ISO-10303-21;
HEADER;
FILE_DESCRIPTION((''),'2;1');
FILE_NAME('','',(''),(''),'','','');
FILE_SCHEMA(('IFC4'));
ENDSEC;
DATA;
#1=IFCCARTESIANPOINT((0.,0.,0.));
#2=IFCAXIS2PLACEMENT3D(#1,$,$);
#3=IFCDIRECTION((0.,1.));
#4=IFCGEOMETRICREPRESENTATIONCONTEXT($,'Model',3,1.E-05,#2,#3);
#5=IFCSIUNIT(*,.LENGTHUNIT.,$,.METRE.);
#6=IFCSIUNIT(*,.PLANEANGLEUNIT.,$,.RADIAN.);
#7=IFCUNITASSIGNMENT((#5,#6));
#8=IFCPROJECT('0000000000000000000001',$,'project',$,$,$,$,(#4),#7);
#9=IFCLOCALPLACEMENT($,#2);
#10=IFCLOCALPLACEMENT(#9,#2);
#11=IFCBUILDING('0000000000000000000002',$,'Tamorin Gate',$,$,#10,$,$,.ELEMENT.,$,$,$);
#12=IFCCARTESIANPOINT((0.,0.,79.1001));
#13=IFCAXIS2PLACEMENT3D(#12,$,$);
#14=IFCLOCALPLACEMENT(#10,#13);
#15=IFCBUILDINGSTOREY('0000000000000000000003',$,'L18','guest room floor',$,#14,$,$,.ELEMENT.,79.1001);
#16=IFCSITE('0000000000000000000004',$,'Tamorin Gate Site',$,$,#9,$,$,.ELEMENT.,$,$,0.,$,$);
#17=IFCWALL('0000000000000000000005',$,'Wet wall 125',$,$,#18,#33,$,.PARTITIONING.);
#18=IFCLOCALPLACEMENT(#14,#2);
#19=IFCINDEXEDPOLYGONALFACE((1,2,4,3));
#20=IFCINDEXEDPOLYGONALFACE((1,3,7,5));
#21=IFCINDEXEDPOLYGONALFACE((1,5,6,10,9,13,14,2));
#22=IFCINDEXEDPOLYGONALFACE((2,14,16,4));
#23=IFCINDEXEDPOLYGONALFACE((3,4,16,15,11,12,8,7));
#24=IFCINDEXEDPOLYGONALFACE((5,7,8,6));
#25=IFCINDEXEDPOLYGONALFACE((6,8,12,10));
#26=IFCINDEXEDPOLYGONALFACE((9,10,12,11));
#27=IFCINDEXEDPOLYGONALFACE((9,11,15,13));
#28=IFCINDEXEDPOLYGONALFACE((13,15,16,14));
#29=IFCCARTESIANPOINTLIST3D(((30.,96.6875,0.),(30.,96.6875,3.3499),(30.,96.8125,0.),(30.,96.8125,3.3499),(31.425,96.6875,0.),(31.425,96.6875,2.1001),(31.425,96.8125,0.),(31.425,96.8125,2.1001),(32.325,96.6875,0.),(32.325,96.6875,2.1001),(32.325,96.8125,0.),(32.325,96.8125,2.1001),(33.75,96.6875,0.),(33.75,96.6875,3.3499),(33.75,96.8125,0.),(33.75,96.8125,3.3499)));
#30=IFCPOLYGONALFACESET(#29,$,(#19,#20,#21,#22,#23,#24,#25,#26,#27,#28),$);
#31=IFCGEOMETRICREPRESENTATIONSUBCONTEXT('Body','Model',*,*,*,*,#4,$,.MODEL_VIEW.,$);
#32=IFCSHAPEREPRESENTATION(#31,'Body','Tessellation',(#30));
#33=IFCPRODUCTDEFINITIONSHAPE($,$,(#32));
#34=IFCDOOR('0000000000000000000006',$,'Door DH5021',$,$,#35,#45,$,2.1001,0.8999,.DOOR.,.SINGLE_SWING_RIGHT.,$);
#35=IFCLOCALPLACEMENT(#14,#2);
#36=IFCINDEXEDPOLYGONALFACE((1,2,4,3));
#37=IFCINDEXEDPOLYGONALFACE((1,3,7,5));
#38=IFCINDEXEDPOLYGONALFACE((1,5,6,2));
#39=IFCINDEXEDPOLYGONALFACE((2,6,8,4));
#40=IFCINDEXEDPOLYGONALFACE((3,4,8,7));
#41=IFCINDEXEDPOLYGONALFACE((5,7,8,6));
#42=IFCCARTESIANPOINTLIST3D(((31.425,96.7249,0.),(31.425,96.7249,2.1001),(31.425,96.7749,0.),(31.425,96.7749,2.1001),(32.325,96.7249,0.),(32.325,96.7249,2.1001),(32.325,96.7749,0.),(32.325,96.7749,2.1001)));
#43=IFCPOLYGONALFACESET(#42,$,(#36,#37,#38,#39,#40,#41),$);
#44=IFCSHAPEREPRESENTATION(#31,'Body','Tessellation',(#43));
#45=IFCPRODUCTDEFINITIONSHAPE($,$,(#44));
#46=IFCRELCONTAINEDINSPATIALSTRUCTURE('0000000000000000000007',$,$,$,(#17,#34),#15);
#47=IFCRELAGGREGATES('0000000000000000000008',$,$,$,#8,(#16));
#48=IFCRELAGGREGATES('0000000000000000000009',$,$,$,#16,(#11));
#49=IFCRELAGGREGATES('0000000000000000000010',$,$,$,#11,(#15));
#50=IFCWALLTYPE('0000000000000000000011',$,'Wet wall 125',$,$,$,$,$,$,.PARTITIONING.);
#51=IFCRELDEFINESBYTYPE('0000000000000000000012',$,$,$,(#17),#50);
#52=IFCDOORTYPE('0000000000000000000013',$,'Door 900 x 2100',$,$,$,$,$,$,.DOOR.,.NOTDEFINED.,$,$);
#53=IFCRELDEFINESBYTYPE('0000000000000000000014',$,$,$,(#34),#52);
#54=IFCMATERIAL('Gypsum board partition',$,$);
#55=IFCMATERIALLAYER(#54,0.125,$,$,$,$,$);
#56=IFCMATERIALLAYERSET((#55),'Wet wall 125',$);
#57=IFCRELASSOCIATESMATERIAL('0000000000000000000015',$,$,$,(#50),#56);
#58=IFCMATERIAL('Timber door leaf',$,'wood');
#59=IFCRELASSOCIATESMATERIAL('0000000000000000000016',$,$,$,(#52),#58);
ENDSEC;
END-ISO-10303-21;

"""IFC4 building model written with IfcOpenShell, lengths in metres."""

from ifc_helpers import new_model, si_unit, direction, frame, frame_2d, origin, place, context, subcontext, project, spatial, rectangle, extrude, material, layer, layer_set, type_object, element, fill, save


model = new_model("IFC4")

# Units and contexts
model_context = context("Model", 3, precision=1e-05, world=origin(), true_north=direction((0.0, 1.0)))
body_context = subcontext(model_context, "Body", "Model", "MODEL_VIEW")
ifc_project = project(units=[si_unit("LENGTHUNIT", "METRE"), si_unit("PLANEANGLEUNIT", "RADIAN")], contexts=[model_context])

# Site, building, storey
site_placement = place(None, origin())
site = spatial("IfcSite", under=ifc_project, at=site_placement, Name="Tamorin Gate Site", CompositionType="ELEMENT", RefElevation=0.0)
building_placement = place(site_placement, origin())
building = spatial("IfcBuilding", under=site, at=building_placement, Name="Tamorin Gate", CompositionType="ELEMENT")
storey_placement = place(building_placement, frame((0.0, 0.0, 79.1001)))
storey = spatial("IfcBuildingStorey", under=building, at=storey_placement, Name="L18", Description="guest room floor", CompositionType="ELEMENT", Elevation=79.1001)

# Shared definitions
ifc_material_1 = material(Name="Gypsum board partition")
ifc_material_2 = material(Name="Timber door leaf", Category="wood")

# Wall, opening, door
ifc_layer_1 = layer(ifc_material_1, 0.125)
ifc_layer_set_1 = layer_set([ifc_layer_1], Name="Wet wall 125")
wall_type_1 = type_object("IfcWallType", Name="Wet wall 125", PredefinedType="PARTITIONING", material=ifc_layer_set_1)
wall_1_placement = place(storey_placement, frame((30.0, 96.75, 0.0), z_axis=(0.0, 0.0, 1.0), x_axis=(1.0, 0.0, 0.0)))
wall_1 = element("IfcWall", 1, at=wall_1_placement, inside=storey, type_object=wall_type_1, Name="Wet wall 125", PredefinedType="PARTITIONING", context=body_context, shape_type="SweptSolid", body=[
    extrude(rectangle(XDim=3.75, YDim=0.125, at=frame_2d((1.875, 0.0))), origin(), (0.0, 0.0, 1.0), 3.3499),
])
opening_1_placement = place(wall_1_placement, frame((1.425, 0.0, 0.0)))
opening_1 = element("IfcOpeningElement", 2, at=opening_1_placement, cuts=wall_1, PredefinedType="OPENING", context=body_context, shape_type="SweptSolid", body=[
    extrude(rectangle(XDim=0.8999, YDim=2.1001, at=frame_2d((0.45, 1.05))), frame((0.0, 0.0725, 0.0), z_axis=(0.0, -1.0, 0.0), x_axis=(1.0, 0.0, 0.0)), (0.0, 0.0, 1.0), 0.145),
])
door_type_1 = type_object("IfcDoorType", Name="Door 900 x 2100", OperationType="NOTDEFINED", PredefinedType="DOOR", material=ifc_material_2)
door_1_placement = place(opening_1_placement, origin())
door_1 = element("IfcDoor", 3, at=door_1_placement, inside=storey, type_object=door_type_1, Name="Door DH5021", OperationType="SINGLE_SWING_RIGHT", OverallHeight=2.1001, OverallWidth=0.8999, PredefinedType="DOOR", context=body_context, shape_type="SweptSolid", body=[
    extrude(rectangle(XDim=0.8999, YDim=2.1001, at=frame_2d((0.45, 1.05))), frame((0.0, 0.0249, 0.0), z_axis=(0.0, -1.0, 0.0), x_axis=(1.0, 0.0, 0.0)), (0.0, 0.0, 1.0), 0.05),
])
fill(opening_1, door_1)

save(model, "model.ifc")
